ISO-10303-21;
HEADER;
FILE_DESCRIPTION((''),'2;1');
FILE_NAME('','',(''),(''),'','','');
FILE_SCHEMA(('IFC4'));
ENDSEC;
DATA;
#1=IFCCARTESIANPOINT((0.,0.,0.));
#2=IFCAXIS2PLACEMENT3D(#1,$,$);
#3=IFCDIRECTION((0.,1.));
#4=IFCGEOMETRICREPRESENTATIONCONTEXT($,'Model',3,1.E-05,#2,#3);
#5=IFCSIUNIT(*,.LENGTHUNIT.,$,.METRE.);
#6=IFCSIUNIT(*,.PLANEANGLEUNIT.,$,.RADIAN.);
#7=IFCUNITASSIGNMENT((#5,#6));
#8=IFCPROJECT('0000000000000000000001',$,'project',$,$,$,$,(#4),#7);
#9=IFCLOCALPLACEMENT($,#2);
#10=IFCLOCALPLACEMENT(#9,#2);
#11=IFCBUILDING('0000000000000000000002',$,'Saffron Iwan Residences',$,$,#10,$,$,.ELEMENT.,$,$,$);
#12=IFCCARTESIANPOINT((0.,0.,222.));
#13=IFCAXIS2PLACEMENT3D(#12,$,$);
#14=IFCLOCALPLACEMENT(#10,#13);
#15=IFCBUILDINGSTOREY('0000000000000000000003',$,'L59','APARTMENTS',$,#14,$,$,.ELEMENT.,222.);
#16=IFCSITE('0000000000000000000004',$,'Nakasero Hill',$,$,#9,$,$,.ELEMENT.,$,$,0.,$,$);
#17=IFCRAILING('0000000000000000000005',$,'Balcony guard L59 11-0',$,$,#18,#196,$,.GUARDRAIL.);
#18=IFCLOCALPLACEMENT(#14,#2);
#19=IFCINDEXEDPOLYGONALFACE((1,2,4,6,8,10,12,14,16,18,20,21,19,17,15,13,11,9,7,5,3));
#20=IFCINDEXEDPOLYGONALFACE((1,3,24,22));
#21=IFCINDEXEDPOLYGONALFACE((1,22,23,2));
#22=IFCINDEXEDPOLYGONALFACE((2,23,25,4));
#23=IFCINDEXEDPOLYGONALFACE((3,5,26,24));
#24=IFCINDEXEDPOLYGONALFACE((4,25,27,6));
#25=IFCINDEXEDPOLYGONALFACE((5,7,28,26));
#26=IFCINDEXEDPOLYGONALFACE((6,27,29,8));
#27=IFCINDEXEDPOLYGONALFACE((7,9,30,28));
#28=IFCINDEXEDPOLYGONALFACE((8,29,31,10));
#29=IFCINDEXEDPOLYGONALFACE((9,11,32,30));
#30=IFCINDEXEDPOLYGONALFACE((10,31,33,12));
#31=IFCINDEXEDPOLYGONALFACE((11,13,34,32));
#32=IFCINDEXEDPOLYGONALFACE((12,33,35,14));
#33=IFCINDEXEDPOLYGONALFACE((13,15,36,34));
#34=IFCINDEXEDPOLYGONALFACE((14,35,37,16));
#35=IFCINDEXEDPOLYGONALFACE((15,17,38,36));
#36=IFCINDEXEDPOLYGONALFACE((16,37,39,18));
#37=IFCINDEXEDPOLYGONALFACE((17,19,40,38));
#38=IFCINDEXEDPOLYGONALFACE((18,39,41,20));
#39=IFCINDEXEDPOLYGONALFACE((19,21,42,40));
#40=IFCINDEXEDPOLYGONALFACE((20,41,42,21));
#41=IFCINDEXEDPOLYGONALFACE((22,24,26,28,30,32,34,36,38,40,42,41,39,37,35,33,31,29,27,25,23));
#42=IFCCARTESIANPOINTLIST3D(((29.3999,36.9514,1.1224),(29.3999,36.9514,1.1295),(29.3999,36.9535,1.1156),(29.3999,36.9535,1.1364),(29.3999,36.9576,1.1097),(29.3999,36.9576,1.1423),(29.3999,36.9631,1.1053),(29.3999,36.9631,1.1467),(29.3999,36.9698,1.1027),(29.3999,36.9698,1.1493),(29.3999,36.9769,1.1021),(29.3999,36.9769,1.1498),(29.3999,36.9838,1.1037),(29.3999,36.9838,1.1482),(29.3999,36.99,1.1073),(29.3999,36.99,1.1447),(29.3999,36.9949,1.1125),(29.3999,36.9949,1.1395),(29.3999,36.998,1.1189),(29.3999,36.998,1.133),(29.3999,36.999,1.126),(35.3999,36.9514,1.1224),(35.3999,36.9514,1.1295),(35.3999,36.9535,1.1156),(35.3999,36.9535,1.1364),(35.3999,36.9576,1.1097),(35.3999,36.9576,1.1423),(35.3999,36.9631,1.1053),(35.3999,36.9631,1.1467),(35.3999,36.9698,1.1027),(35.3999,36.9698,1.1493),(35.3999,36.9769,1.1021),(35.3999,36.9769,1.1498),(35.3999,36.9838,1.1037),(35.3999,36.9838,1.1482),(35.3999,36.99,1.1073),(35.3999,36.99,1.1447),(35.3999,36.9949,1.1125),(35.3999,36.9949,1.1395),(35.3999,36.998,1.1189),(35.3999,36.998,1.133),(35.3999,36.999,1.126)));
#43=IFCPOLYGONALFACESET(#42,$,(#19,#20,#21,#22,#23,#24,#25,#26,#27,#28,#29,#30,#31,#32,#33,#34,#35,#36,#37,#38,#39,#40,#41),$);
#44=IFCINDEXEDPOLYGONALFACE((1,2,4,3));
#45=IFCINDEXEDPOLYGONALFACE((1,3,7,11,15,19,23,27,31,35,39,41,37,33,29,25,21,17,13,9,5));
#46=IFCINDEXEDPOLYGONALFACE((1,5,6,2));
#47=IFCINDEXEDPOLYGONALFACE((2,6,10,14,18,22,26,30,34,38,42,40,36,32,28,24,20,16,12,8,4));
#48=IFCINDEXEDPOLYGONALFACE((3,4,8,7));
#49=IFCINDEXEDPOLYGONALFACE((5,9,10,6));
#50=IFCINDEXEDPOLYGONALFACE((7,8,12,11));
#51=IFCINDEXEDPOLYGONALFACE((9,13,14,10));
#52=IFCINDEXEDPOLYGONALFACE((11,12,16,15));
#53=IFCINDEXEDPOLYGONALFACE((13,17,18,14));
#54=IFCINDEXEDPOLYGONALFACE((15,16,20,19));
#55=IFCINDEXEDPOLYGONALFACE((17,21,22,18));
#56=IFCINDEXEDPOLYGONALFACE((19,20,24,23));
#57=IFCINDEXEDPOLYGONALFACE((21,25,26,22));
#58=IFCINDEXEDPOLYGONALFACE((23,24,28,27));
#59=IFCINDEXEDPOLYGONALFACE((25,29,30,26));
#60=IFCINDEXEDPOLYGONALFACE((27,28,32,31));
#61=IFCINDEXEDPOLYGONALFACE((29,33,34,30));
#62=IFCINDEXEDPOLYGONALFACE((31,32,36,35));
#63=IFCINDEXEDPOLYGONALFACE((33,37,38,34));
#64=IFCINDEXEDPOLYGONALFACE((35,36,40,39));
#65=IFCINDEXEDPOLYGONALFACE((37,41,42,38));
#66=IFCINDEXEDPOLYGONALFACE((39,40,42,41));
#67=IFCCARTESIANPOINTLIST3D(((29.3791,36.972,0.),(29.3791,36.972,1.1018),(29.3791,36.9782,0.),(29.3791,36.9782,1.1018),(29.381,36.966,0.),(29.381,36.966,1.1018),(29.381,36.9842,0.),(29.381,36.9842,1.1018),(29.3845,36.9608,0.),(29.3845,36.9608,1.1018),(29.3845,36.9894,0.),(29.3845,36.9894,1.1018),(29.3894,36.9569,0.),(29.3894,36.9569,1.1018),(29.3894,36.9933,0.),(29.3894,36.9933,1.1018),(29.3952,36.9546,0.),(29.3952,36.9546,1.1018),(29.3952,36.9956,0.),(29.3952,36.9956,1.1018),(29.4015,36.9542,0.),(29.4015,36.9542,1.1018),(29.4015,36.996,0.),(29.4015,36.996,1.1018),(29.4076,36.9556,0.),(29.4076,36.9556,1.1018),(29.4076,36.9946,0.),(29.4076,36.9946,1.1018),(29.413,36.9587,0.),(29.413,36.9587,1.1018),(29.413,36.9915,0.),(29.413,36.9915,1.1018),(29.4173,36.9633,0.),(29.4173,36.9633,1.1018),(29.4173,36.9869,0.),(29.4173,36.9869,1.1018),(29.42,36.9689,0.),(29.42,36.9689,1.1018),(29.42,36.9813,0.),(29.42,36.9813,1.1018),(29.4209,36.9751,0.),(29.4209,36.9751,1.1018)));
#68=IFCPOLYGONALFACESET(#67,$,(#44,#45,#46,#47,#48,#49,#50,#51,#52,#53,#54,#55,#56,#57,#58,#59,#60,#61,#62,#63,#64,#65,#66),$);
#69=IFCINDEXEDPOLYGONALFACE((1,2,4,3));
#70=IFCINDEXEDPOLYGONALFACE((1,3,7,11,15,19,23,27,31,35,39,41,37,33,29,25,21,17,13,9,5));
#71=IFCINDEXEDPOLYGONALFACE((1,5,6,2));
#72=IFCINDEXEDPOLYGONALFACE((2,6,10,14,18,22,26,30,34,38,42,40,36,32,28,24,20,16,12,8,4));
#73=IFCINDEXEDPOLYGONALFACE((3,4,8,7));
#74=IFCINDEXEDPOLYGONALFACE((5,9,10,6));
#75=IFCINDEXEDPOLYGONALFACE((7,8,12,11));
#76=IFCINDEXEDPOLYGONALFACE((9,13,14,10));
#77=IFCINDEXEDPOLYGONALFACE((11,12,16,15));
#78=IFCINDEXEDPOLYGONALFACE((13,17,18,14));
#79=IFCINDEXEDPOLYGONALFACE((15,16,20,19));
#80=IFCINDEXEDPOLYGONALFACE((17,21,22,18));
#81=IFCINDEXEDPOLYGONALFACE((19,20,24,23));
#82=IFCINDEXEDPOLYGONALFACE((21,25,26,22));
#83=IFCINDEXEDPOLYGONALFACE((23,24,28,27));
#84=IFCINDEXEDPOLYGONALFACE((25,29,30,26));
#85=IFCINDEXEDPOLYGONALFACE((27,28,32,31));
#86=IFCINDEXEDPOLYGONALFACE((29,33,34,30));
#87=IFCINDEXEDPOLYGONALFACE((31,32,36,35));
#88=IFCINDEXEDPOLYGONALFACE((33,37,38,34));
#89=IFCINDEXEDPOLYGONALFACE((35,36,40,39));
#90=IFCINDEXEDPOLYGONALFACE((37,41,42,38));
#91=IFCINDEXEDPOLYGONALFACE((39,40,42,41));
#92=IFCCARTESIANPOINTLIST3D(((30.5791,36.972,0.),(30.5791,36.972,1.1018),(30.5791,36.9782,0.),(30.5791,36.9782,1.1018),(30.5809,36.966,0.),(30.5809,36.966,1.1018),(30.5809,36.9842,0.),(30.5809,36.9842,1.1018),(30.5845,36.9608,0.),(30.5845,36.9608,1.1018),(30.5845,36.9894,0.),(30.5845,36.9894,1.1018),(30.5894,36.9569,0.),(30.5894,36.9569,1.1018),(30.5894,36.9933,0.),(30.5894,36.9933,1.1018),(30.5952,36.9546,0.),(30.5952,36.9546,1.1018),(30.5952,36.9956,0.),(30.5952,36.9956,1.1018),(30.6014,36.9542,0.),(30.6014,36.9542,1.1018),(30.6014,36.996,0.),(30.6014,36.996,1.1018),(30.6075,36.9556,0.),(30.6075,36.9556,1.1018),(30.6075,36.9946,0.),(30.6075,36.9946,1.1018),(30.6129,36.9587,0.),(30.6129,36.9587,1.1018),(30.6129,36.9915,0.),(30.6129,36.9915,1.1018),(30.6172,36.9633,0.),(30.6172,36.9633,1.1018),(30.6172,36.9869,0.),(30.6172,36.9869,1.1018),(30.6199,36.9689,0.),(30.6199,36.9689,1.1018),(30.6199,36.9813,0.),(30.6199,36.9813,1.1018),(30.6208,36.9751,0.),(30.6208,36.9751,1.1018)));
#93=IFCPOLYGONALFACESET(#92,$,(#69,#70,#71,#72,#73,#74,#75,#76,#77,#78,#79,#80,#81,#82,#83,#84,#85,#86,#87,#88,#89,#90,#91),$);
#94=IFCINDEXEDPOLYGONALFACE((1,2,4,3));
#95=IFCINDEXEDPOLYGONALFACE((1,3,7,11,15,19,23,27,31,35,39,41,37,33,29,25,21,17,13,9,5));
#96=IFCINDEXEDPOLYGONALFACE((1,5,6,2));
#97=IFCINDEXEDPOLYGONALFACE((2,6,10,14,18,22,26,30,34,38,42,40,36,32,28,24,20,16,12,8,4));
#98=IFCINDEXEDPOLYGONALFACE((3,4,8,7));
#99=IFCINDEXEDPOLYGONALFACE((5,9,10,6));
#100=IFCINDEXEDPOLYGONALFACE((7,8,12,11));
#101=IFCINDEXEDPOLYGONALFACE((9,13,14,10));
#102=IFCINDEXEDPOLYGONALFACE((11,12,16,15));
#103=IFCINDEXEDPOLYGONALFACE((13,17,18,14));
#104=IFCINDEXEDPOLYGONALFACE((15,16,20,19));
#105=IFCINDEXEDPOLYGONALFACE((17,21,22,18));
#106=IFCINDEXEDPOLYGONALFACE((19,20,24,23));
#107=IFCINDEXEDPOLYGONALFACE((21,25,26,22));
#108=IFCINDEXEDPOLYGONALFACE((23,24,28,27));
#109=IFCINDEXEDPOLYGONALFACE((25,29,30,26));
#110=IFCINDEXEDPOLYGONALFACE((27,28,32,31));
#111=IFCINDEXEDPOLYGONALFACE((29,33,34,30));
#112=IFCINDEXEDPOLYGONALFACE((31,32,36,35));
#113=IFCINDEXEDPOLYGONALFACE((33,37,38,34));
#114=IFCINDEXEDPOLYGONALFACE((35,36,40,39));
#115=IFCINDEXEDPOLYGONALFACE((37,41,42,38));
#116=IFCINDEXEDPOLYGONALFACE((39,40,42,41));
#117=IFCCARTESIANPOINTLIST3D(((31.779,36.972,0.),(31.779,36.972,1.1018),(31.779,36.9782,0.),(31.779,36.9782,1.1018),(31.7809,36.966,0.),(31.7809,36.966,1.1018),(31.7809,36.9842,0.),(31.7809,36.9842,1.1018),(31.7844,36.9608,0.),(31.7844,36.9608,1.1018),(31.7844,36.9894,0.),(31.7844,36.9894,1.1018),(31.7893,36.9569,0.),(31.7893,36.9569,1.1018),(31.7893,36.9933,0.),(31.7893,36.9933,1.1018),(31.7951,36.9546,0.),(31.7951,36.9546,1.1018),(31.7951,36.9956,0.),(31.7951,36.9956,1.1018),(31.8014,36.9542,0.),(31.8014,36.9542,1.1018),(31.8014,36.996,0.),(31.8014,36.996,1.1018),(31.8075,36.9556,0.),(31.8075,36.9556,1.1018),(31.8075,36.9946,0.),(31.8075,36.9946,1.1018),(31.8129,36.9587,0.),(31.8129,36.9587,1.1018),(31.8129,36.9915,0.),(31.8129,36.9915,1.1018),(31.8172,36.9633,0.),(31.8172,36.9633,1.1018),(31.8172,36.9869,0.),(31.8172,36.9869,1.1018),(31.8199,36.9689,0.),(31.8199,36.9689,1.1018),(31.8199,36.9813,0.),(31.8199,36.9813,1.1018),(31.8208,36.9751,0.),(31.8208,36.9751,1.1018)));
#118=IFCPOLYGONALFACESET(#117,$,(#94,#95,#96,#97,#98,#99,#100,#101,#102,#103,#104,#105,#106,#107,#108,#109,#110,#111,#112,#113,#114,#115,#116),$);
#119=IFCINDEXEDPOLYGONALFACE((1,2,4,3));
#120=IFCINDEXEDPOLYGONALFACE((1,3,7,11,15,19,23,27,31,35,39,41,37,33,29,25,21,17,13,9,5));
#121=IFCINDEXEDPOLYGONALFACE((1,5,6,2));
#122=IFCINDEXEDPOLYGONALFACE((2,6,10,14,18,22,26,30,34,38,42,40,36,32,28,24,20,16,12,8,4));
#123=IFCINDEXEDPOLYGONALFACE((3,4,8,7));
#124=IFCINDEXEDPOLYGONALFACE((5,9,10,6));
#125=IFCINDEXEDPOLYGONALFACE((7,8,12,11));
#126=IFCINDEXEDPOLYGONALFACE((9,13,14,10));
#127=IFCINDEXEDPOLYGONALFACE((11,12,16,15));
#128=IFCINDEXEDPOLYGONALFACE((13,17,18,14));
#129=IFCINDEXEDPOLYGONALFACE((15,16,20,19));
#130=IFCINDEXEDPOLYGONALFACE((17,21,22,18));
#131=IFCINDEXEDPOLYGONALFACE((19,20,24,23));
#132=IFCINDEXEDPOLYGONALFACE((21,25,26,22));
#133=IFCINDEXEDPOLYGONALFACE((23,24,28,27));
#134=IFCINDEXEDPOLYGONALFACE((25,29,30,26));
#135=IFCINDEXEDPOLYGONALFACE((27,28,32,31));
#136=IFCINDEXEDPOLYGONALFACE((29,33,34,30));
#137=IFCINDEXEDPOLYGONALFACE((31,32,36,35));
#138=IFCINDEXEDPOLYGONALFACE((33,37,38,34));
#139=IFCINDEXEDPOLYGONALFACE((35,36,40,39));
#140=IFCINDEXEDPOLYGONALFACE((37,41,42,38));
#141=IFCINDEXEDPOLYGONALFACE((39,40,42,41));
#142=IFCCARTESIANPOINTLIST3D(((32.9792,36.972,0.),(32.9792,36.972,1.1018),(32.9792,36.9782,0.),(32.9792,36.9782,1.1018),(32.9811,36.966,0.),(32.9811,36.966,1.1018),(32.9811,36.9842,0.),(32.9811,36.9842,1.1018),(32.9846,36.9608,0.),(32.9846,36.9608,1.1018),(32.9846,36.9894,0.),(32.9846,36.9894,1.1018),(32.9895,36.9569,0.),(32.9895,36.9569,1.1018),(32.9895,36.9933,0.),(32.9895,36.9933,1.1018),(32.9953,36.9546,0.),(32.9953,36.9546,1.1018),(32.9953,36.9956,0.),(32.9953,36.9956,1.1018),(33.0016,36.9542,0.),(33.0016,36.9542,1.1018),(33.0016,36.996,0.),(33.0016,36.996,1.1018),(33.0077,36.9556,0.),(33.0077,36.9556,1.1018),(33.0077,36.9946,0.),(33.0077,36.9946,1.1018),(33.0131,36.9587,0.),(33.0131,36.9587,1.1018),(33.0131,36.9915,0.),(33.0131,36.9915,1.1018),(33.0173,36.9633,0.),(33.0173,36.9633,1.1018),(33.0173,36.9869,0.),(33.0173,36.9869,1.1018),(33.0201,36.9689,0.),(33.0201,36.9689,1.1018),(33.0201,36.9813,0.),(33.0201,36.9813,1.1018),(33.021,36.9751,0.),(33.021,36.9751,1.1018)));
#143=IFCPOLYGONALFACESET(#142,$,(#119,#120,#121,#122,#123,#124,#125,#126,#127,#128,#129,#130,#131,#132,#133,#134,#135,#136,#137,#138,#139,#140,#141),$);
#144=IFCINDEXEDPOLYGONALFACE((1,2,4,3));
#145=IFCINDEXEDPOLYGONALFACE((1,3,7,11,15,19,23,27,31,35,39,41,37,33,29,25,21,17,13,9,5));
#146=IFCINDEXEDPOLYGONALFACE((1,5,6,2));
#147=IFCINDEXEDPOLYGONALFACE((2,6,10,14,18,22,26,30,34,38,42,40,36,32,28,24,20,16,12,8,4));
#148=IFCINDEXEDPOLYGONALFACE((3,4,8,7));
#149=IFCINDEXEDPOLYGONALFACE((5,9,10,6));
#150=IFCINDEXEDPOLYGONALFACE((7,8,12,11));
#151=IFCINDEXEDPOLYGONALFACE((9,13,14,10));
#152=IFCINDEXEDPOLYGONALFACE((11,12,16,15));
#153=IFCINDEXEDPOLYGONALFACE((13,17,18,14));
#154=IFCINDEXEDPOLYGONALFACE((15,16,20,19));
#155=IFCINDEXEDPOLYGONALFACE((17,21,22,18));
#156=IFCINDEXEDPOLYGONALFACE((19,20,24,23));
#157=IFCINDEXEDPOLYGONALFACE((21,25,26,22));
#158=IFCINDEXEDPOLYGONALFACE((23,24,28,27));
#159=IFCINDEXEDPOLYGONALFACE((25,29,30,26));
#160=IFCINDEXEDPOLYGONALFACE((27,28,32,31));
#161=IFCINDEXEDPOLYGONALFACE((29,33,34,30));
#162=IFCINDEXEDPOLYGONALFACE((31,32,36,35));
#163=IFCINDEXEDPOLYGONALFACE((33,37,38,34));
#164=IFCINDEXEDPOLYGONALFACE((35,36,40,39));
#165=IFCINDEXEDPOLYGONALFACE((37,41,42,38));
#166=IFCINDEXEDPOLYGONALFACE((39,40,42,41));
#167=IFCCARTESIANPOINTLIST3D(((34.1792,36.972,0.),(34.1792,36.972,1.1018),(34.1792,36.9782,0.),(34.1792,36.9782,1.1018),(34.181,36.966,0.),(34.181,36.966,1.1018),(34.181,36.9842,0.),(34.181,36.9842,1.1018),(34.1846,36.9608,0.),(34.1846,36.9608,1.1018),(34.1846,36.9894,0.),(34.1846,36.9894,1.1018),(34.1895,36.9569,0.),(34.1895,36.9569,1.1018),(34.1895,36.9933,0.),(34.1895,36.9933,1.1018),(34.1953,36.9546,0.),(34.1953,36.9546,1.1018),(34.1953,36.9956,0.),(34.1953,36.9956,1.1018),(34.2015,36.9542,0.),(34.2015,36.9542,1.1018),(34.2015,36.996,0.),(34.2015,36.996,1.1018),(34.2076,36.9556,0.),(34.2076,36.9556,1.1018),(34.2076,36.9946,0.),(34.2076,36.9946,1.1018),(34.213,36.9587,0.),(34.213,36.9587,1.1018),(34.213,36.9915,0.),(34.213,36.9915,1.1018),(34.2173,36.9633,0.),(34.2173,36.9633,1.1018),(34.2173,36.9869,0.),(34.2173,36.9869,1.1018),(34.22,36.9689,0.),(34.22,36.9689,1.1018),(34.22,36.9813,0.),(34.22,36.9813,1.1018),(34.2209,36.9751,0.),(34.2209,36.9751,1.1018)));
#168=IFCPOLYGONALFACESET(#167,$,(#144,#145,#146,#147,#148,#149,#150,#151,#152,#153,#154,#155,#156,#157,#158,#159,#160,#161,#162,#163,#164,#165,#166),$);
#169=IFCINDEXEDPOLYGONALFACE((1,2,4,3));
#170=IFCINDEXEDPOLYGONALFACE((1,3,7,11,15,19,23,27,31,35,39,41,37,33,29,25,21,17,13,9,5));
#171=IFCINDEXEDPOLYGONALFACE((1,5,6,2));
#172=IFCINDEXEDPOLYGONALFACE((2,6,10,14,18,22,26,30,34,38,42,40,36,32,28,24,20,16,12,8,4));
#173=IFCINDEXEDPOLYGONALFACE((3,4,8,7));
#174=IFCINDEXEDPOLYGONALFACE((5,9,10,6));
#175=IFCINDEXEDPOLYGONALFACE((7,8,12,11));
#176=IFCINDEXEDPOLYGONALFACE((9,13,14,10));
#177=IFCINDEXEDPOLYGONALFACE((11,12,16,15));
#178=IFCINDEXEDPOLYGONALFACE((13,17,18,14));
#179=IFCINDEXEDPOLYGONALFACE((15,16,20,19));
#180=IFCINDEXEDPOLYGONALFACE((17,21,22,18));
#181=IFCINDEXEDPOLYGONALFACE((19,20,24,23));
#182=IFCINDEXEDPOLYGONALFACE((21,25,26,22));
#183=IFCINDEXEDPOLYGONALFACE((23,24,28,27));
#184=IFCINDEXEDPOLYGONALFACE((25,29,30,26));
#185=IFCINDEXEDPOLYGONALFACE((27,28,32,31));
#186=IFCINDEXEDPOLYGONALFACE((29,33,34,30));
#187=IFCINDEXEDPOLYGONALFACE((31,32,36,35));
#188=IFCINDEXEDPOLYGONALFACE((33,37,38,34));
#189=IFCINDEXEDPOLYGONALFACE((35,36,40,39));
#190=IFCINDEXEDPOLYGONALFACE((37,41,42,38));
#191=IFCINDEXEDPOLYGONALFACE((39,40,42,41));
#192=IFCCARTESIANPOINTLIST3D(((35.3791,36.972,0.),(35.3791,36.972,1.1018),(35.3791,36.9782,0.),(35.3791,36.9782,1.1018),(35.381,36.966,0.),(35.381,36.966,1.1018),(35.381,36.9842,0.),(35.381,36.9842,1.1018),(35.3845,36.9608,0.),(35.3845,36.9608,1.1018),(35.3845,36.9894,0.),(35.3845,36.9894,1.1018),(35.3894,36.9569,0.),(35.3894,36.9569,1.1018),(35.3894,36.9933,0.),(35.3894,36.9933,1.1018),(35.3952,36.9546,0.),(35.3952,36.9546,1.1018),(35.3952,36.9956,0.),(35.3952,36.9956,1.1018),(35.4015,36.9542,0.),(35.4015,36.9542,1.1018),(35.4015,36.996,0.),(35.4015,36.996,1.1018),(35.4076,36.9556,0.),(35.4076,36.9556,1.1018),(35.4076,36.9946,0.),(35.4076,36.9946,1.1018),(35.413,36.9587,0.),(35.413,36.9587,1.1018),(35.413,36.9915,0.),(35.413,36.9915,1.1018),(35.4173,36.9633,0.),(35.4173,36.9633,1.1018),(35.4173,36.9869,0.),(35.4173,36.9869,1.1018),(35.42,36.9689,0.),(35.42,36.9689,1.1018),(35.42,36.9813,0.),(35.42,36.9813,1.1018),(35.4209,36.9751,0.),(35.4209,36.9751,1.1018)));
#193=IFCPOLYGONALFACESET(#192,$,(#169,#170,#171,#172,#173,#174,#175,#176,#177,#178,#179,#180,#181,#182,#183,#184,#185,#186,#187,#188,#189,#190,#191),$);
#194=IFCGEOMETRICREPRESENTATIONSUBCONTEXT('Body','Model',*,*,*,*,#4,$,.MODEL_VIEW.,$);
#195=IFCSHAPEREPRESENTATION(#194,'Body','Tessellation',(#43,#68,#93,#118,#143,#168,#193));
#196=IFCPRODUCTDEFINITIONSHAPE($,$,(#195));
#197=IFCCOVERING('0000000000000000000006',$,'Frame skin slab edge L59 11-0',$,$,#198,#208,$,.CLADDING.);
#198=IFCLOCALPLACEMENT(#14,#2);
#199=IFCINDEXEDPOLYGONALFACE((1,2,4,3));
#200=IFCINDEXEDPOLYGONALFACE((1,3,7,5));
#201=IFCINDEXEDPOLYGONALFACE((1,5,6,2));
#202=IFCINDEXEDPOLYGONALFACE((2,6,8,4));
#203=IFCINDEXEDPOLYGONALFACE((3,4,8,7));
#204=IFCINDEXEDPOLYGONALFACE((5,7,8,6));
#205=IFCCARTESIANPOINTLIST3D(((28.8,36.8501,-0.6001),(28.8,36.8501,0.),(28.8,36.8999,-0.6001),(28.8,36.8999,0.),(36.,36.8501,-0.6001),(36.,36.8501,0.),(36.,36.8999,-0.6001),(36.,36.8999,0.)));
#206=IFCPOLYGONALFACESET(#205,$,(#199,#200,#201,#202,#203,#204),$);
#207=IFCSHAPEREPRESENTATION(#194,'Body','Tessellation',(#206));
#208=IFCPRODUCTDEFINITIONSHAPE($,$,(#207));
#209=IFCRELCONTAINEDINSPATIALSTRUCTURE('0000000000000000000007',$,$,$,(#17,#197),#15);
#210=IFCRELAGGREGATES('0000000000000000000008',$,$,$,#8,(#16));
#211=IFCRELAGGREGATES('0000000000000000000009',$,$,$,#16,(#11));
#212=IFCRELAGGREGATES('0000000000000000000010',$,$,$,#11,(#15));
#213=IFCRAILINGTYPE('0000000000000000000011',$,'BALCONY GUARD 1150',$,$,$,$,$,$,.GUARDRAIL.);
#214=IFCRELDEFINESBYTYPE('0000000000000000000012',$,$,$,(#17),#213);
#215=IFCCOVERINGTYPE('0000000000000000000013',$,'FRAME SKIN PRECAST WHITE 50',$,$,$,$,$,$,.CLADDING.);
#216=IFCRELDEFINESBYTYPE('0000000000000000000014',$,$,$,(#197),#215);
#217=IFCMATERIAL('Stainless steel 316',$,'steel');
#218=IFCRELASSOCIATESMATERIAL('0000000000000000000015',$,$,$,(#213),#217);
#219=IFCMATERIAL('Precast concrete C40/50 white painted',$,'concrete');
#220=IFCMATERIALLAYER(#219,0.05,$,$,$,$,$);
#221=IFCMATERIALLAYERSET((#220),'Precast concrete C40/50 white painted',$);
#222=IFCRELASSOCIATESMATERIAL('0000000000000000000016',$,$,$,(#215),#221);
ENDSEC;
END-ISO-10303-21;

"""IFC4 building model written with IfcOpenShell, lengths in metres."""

from ifc_helpers import new_model, si_unit, direction, frame, origin, origin_2d, place, context, subcontext, project, spatial, polyline, circle, outline, extrude, material, layer, layer_set, type_object, element, save


model = new_model("IFC4")

# Units and contexts
model_context = context("Model", 3, precision=1e-05, world=origin(), true_north=direction((0.0, 1.0)))
body_context = subcontext(model_context, "Body", "Model", "MODEL_VIEW")
ifc_project = project(units=[si_unit("LENGTHUNIT", "METRE"), si_unit("PLANEANGLEUNIT", "RADIAN")], contexts=[model_context])

# Site, building, storey
site_placement = place(None, origin())
site = spatial("IfcSite", under=ifc_project, at=site_placement, Name="Nakasero Hill", CompositionType="ELEMENT", RefElevation=0.0)
building_placement = place(site_placement, origin())
building = spatial("IfcBuilding", under=site, at=building_placement, Name="Saffron Iwan Residences", CompositionType="ELEMENT")
storey_placement = place(building_placement, frame((0.0, 0.0, 222.0)))
storey = spatial("IfcBuildingStorey", under=building, at=storey_placement, Name="L59", Description="APARTMENTS", CompositionType="ELEMENT", Elevation=222.0)

# Railing
ifc_material_1 = material(Name="Stainless steel 316", Category="steel")
railing_type = type_object("IfcRailingType", Name="BALCONY GUARD 1150", PredefinedType="GUARDRAIL", material=ifc_material_1)
railing_placement = place(storey_placement, frame((29.3999, 36.9751, 0.0)))
element("IfcRailing", 1, at=railing_placement, inside=storey, type_object=railing_type, Name="Balcony guard L59 11-0", PredefinedType="GUARDRAIL", context=body_context, shape_type="SweptSolid", body=[
    extrude(circle(Radius=0.0239, at=origin_2d()), frame((0.0, 0.0, 1.126), z_axis=(1.0, 0.0, 0.0), x_axis=(0.0, 1.0, 0.0)), (0.0, 0.0, 1.0), 6.0),
    extrude(circle(Radius=0.021, at=origin_2d()), origin(), (0.0, 0.0, 1.0), 1.1018),
    extrude(circle(Radius=0.021, at=origin_2d()), frame((1.2, 0.0, 0.0)), (0.0, 0.0, 1.0), 1.1018),
    extrude(circle(Radius=0.021, at=origin_2d()), frame((2.3999, 0.0, 0.0)), (0.0, 0.0, 1.0), 1.1018),
    extrude(circle(Radius=0.021, at=origin_2d()), frame((3.6001, 0.0, 0.0)), (0.0, 0.0, 1.0), 1.1018),
    extrude(circle(Radius=0.021, at=origin_2d()), frame((4.8, 0.0, 0.0)), (0.0, 0.0, 1.0), 1.1018),
    extrude(circle(Radius=0.021, at=origin_2d()), frame((6.0, 0.0, 0.0)), (0.0, 0.0, 1.0), 1.1018),
])

# Covering
ifc_material_2 = material(Name="Precast concrete C40/50 white painted", Category="concrete")
ifc_layer_1 = layer(ifc_material_2, 0.05)
ifc_layer_set_1 = layer_set([ifc_layer_1], Name="Precast concrete C40/50 white painted")
covering_type_1 = type_object("IfcCoveringType", Name="FRAME SKIN PRECAST WHITE 50", PredefinedType="CLADDING", material=ifc_layer_set_1)
for number, where, name in (
    (2, (0.0, 0.0, -0.6001), "Frame skin slab edge L59 11-0"),
):
    element("IfcCovering", number, at=place(storey_placement, frame(where)), inside=storey, type_object=covering_type_1, Name=name, PredefinedType="CLADDING", context=body_context, shape_type="SweptSolid", body=[
        extrude(outline(polyline([(28.8, 36.8501), (36.0, 36.8501), (36.0, 36.8999), (28.8, 36.8999), (28.8, 36.8501)])), origin(), (0.0, 0.0, 1.0), 0.6001),
    ])

save(model, "model.ifc")
